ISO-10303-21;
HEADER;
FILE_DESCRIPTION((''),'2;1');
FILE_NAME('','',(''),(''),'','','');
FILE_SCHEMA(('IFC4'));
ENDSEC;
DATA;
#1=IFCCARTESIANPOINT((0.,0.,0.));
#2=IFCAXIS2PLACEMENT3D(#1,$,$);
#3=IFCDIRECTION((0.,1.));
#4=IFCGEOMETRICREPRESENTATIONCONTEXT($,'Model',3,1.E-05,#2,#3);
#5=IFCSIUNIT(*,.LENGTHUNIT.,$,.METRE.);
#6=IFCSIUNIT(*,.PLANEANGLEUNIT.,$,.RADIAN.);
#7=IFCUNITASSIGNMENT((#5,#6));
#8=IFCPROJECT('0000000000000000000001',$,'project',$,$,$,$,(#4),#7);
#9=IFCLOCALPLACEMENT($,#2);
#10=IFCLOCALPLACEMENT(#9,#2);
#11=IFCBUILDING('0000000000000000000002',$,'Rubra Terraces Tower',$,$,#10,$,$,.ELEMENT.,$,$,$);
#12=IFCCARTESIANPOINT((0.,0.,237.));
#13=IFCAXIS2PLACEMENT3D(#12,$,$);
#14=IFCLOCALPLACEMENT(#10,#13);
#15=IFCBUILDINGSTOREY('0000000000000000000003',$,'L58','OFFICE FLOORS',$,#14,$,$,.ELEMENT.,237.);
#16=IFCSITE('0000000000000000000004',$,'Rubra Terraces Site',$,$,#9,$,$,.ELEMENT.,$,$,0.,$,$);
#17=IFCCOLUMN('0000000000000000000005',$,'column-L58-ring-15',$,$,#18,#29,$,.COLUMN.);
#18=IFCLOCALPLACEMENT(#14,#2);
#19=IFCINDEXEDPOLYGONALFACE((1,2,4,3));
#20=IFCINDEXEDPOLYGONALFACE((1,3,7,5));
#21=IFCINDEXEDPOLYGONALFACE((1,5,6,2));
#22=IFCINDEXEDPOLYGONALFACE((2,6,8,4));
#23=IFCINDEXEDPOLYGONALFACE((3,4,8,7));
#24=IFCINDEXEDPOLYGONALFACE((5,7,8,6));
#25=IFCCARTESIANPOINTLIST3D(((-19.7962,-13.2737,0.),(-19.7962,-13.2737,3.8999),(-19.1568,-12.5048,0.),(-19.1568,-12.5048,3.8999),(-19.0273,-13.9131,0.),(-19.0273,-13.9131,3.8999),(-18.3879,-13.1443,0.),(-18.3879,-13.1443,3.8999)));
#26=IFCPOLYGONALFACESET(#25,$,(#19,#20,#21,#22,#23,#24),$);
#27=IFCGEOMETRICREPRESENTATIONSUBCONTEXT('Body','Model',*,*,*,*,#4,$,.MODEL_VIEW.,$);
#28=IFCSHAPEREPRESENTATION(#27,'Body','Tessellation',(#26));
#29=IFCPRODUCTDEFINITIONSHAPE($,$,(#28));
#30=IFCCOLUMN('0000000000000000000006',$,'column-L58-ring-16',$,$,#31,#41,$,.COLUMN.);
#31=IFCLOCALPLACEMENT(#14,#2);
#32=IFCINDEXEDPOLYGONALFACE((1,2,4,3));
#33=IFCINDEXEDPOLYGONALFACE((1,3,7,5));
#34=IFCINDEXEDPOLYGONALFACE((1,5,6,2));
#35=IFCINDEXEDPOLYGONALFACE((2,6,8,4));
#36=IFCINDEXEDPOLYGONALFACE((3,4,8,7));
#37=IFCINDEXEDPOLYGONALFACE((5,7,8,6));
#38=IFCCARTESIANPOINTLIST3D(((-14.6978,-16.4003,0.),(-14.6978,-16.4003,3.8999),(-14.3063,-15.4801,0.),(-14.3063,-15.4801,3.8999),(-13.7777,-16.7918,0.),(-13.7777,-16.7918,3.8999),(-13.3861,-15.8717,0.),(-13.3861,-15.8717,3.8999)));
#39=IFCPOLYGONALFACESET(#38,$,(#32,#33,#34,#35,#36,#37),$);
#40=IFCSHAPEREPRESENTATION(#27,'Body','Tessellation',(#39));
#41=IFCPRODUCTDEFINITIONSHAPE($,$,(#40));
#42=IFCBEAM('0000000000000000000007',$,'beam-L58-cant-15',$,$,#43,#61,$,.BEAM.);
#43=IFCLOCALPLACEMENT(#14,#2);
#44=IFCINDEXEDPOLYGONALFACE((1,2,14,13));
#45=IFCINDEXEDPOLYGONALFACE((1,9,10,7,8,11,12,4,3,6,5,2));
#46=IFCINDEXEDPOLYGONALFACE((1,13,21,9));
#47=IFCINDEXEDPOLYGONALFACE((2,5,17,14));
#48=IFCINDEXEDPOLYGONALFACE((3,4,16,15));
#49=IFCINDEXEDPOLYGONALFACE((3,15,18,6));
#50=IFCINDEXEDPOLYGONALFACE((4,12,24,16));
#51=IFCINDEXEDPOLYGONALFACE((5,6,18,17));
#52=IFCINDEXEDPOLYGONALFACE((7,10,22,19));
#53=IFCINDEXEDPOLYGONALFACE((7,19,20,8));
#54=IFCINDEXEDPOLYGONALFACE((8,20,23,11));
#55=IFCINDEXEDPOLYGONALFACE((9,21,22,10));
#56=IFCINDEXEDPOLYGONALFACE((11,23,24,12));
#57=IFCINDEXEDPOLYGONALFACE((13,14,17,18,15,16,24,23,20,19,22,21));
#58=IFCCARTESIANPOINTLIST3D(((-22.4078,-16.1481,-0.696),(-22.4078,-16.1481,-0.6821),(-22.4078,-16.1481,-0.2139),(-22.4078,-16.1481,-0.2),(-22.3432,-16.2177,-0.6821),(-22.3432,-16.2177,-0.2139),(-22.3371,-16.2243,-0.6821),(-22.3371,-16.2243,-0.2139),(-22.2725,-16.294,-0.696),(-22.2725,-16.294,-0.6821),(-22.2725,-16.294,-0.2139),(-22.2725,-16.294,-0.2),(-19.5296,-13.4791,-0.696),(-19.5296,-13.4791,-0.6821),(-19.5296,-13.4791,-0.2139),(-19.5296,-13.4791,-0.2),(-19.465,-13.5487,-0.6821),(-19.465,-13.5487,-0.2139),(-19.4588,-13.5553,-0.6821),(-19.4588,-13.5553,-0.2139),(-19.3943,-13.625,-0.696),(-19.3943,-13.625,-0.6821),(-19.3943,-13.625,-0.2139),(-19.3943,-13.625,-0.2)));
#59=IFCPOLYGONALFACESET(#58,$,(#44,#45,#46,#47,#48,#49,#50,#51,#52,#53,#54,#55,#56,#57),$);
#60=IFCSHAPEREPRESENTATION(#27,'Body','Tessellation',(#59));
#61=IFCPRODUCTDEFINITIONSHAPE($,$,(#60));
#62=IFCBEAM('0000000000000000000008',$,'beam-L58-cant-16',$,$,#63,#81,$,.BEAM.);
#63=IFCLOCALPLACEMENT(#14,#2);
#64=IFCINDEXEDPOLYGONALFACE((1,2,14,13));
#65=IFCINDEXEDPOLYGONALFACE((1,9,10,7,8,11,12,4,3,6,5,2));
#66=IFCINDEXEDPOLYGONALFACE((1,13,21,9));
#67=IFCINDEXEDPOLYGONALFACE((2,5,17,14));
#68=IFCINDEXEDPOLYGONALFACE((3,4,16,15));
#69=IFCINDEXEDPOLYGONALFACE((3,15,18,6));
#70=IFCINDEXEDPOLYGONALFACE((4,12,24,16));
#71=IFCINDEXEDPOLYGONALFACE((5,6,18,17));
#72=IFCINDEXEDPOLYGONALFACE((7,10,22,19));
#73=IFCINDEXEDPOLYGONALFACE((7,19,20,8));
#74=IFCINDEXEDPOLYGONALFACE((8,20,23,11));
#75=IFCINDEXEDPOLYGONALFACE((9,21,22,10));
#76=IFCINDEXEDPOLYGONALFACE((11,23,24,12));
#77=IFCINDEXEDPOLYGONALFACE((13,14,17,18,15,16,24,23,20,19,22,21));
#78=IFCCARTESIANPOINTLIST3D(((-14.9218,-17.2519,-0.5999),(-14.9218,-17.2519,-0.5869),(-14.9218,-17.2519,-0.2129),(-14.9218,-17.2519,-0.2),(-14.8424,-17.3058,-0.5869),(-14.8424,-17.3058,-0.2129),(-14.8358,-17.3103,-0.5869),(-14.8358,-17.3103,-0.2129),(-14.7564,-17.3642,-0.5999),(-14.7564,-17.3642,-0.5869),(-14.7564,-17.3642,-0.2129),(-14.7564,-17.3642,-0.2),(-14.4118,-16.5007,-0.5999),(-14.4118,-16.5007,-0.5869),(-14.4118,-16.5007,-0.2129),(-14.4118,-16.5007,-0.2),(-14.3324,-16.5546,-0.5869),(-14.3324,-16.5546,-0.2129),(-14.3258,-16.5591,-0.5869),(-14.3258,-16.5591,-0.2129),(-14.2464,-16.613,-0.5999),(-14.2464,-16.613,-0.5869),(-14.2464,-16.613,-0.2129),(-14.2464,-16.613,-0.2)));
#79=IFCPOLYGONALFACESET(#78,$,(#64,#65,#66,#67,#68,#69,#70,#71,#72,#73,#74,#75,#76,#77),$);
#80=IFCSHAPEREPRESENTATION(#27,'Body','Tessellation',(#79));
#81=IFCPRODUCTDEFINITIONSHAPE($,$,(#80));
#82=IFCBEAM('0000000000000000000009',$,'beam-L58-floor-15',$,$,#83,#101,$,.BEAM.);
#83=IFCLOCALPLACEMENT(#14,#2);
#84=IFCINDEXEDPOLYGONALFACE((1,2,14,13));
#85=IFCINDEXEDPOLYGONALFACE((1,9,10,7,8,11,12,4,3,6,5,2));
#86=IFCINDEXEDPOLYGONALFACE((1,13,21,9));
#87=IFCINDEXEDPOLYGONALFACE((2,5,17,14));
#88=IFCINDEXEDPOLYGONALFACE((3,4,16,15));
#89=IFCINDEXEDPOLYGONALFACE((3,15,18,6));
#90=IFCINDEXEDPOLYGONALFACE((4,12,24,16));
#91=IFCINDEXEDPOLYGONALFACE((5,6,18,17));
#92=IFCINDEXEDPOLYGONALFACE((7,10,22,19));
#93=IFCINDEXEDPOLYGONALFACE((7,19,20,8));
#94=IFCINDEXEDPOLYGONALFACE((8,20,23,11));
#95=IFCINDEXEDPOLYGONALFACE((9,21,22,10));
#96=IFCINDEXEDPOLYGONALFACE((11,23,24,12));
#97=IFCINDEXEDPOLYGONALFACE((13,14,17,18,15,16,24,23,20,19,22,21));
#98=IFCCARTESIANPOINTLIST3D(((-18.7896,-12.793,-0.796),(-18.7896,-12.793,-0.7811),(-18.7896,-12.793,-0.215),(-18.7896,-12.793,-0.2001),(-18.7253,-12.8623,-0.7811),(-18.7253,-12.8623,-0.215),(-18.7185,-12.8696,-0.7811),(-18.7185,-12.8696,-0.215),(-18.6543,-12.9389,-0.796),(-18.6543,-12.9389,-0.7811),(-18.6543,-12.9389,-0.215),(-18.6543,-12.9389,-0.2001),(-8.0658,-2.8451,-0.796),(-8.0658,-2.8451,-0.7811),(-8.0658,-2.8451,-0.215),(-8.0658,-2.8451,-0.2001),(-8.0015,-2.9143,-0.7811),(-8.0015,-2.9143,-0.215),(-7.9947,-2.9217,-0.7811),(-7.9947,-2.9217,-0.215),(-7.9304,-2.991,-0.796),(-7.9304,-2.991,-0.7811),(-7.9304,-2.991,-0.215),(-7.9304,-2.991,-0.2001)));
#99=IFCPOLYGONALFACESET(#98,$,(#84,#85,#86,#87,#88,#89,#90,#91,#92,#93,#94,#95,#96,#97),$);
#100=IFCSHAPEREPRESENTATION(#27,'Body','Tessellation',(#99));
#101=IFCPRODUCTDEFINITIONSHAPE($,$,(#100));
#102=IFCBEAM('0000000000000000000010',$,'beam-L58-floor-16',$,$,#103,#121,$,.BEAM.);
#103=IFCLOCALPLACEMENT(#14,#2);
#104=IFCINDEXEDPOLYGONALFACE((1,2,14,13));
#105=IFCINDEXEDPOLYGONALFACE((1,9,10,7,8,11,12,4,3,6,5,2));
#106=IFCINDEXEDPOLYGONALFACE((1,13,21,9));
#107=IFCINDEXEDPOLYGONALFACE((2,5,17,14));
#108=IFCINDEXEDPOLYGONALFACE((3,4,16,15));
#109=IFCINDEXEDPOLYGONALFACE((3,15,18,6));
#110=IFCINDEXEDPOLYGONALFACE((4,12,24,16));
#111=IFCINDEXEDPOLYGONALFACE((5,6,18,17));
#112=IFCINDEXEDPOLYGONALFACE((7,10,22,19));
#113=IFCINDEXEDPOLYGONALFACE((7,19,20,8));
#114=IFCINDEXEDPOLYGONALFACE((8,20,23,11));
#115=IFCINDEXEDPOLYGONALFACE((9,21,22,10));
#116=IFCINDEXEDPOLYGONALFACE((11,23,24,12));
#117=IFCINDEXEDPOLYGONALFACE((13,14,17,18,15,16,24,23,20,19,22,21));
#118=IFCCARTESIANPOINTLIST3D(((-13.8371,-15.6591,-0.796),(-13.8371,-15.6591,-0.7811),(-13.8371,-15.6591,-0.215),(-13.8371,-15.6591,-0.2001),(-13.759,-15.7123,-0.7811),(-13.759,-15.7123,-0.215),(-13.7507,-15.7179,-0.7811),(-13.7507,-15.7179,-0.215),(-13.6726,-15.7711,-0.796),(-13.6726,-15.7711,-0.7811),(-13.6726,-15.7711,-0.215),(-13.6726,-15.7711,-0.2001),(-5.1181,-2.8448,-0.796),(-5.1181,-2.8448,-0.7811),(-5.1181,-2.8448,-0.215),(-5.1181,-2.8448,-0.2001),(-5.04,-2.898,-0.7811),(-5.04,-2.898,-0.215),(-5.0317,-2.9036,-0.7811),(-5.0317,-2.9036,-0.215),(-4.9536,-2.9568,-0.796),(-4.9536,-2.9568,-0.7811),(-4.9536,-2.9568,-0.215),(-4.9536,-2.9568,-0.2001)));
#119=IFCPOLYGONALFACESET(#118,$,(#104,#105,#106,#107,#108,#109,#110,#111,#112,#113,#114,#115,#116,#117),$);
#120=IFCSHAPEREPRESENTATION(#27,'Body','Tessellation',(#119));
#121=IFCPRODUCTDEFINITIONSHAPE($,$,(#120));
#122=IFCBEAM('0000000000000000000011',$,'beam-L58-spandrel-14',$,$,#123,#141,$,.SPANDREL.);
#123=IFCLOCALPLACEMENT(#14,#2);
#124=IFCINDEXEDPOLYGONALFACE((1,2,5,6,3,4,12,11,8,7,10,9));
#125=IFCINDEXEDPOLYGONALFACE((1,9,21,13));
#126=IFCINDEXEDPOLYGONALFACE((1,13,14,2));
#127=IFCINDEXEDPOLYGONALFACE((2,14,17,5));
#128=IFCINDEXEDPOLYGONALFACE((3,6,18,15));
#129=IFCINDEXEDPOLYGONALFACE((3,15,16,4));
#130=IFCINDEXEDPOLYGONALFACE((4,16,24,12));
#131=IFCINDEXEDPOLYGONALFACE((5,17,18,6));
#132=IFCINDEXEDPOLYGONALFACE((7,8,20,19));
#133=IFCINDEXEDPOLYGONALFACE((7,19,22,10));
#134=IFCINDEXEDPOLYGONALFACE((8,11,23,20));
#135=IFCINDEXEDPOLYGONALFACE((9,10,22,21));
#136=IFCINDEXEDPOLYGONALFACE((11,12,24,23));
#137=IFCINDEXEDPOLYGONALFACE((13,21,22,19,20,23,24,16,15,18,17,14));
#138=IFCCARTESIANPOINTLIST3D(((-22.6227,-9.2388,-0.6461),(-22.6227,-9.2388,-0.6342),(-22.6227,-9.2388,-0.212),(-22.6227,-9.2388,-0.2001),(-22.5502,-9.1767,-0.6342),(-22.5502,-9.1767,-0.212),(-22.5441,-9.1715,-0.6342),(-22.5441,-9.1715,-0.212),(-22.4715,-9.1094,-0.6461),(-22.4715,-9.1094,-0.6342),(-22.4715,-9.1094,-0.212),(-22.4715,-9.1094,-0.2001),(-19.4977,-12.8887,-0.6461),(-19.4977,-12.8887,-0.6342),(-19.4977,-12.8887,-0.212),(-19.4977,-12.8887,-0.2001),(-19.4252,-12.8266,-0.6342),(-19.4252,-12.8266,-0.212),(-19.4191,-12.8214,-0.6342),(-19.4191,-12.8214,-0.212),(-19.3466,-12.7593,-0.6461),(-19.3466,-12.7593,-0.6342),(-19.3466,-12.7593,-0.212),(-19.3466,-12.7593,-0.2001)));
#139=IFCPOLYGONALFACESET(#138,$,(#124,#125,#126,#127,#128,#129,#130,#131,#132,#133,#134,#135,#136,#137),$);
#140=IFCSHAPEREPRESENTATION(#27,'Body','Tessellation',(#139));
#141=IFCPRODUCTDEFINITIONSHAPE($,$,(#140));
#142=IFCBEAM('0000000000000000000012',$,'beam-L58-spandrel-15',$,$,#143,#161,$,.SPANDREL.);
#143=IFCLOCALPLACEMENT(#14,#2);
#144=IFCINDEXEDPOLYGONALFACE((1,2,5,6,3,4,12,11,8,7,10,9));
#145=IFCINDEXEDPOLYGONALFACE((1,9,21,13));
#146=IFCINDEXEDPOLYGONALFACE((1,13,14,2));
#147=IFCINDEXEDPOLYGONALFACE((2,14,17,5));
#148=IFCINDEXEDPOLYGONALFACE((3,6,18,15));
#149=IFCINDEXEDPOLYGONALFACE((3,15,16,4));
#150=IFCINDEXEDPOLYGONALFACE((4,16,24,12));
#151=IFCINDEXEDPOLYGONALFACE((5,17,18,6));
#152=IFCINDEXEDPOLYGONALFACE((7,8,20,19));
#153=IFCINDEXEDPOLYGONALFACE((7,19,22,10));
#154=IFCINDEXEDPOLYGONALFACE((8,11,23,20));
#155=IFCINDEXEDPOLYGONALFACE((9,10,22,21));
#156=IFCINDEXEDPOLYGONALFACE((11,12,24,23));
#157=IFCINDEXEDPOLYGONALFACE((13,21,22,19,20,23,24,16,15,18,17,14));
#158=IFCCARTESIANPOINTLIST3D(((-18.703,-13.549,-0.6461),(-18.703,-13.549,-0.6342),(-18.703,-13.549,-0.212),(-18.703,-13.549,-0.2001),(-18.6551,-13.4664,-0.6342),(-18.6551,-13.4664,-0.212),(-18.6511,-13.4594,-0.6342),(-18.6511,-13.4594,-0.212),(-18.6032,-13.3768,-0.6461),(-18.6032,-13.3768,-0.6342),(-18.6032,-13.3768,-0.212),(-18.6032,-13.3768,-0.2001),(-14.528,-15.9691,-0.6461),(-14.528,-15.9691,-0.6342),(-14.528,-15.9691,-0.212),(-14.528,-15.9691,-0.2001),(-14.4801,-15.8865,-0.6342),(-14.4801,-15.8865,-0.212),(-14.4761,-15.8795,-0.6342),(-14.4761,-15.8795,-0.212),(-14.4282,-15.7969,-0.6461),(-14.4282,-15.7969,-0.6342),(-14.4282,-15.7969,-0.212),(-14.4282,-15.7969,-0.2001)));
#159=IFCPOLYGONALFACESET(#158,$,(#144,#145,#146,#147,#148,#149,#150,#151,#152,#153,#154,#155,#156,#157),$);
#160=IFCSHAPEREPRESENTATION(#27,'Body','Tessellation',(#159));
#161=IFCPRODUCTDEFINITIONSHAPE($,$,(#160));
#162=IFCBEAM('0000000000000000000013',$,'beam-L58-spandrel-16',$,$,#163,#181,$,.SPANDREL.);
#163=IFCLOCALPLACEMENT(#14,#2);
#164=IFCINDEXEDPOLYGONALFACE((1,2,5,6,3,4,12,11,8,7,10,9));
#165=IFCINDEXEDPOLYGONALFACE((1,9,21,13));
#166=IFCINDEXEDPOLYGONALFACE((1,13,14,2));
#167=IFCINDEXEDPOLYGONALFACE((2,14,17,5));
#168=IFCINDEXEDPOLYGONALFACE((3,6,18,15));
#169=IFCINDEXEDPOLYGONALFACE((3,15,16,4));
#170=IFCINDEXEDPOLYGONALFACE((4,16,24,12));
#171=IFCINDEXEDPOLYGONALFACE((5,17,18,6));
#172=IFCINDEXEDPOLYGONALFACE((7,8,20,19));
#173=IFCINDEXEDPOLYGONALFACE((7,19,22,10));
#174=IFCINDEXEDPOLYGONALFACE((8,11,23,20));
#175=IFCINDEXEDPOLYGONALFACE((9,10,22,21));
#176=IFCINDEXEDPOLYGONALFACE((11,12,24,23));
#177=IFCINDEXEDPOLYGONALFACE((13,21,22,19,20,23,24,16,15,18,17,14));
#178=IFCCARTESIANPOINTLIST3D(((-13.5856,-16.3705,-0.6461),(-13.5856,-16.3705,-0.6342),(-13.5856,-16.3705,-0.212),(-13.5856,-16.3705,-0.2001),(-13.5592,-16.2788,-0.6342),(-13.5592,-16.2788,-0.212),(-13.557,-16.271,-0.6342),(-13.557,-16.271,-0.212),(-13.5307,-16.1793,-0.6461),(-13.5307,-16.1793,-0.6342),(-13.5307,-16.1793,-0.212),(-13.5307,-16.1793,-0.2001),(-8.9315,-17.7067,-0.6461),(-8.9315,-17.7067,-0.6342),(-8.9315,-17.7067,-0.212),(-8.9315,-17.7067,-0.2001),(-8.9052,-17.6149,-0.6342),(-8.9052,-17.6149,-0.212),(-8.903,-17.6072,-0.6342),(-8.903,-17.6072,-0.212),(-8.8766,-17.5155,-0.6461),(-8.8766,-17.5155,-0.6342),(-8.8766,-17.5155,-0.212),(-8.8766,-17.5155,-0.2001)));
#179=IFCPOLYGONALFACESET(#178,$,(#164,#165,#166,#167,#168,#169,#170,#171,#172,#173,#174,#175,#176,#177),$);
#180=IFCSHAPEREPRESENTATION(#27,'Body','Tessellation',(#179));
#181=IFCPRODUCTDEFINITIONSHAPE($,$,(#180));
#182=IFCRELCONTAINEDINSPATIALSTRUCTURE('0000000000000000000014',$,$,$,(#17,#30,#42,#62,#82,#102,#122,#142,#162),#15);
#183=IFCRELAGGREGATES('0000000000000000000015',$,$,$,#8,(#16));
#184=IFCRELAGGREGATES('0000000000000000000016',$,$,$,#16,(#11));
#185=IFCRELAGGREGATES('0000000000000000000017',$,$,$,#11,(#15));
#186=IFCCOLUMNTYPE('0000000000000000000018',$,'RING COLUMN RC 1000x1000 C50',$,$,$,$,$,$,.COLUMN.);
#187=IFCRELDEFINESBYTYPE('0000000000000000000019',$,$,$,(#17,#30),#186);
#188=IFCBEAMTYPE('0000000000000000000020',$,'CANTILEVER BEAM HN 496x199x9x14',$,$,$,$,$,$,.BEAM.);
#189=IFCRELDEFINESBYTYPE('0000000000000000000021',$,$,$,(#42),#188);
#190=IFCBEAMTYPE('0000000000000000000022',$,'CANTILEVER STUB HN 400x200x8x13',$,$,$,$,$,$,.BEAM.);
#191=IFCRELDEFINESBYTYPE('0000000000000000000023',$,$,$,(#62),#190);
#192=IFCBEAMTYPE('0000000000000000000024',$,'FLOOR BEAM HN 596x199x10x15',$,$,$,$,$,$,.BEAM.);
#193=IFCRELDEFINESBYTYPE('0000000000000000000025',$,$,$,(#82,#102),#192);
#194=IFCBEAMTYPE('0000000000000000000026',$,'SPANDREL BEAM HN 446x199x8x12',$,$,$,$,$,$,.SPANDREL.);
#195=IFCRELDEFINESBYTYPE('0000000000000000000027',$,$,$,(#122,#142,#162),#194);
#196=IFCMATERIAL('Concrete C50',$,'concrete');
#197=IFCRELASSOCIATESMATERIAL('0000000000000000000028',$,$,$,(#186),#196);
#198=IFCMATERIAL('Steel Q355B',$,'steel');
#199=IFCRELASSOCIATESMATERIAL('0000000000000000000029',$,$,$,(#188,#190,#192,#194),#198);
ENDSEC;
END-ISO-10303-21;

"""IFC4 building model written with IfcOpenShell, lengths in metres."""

from ifc_helpers import new_model, si_unit, direction, frame, origin, origin_2d, place, context, subcontext, project, spatial, rectangle, i_section, extrude, material, material_profile, profile_set, type_object, element, save


model = new_model("IFC4")

# Units and contexts
model_context = context("Model", 3, precision=1e-05, world=origin(), true_north=direction((0.0, 1.0)))
body_context = subcontext(model_context, "Body", "Model", "MODEL_VIEW")
ifc_project = project(units=[si_unit("LENGTHUNIT", "METRE"), si_unit("PLANEANGLEUNIT", "RADIAN")], contexts=[model_context])

# Site, building, storey
site_placement = place(None, origin())
site = spatial("IfcSite", under=ifc_project, at=site_placement, Name="Rubra Terraces Site", CompositionType="ELEMENT", RefElevation=0.0)
building_placement = place(site_placement, origin())
building = spatial("IfcBuilding", under=site, at=building_placement, Name="Rubra Terraces Tower", CompositionType="ELEMENT")
storey_placement = place(building_placement, frame((0.0, 0.0, 237.0)))
storey = spatial("IfcBuildingStorey", under=building, at=storey_placement, Name="L58", Description="OFFICE FLOORS", CompositionType="ELEMENT", Elevation=237.0)

# Columns
ifc_material_1 = material(Name="Concrete C50", Category="concrete")
ifc_material_profile_1 = material_profile(ifc_material_1, rectangle(XDim=1.0, YDim=1.0, at=origin_2d()), Name="RC 1000x1000")
ifc_profile_set_1 = profile_set([ifc_material_profile_1], Name="Concrete C50")
column_type = type_object("IfcColumnType", Name="RING COLUMN RC 1000x1000 C50", PredefinedType="COLUMN", material=ifc_profile_set_1)
for number, where, z_axis, x_axis, name in (
    (1, (-19.092, -13.209, 0.0), (0.0, 0.0, 1.0), (0.76887, -0.639405, 0.0), "column-L58-ring-15"),
    (2, (-14.042, -16.136, 0.0), (0.0, 0.0, 1.0), (0.920168, -0.391524, 0.0), "column-L58-ring-16"),
):
    element("IfcColumn", number, at=place(storey_placement, frame(where, z_axis=z_axis, x_axis=x_axis)), inside=storey, type_object=column_type, Name=name, PredefinedType="COLUMN", context=body_context, shape_type="SweptSolid", body=[
        extrude(rectangle(XDim=1.0, YDim=1.0, at=origin_2d()), origin(), (0.0, 0.0, 1.0), 3.8999),
    ])

# Beams
ifc_material_2 = material(Name="Steel Q355B", Category="steel")
ifc_material_profile_2 = material_profile(ifc_material_2, i_section(OverallWidth=0.199, OverallDepth=0.4961, WebThickness=0.009, FlangeThickness=0.0139, at=origin_2d()), Name="HN 496x199x9x14")
ifc_profile_set_2 = profile_set([ifc_material_profile_2], Name="Steel Q355B")
beam_type_1 = type_object("IfcBeamType", Name="CANTILEVER BEAM HN 496x199x9x14", PredefinedType="BEAM", material=ifc_profile_set_2)
beam_1_placement = place(storey_placement, frame((-19.4619, -13.552, -0.448), z_axis=(-0.733256, -0.679952, 0.0), x_axis=(0.679952, -0.733256, 0.0)))
element("IfcBeam", 3, at=beam_1_placement, inside=storey, type_object=beam_type_1, Name="beam-L58-cant-15", PredefinedType="BEAM", context=body_context, shape_type="SweptSolid", body=[
    extrude(i_section(OverallWidth=0.199, OverallDepth=0.4961, WebThickness=0.009, FlangeThickness=0.0139, at=origin_2d()), origin(), (0.0, 0.0, 1.0), 3.9253),
])
ifc_material_profile_3 = material_profile(ifc_material_2, i_section(OverallWidth=0.2, OverallDepth=0.3999, WebThickness=0.0081, FlangeThickness=0.0129, at=origin_2d()), Name="HN 400x200x8x13")
ifc_profile_set_3 = profile_set([ifc_material_profile_3], Name="Steel Q355B")
beam_type_2 = type_object("IfcBeamType", Name="CANTILEVER STUB HN 400x200x8x13", PredefinedType="BEAM", material=ifc_profile_set_3)
beam_2_placement = place(storey_placement, frame((-14.3291, -16.5569, -0.3999), z_axis=(-0.561692, -0.827346, 0.0), x_axis=(0.827346, -0.561692, 0.0)))
element("IfcBeam", 4, at=beam_2_placement, inside=storey, type_object=beam_type_2, Name="beam-L58-cant-16", PredefinedType="BEAM", context=body_context, shape_type="SweptSolid", body=[
    extrude(i_section(OverallWidth=0.2, OverallDepth=0.3999, WebThickness=0.0081, FlangeThickness=0.0129, at=origin_2d()), origin(), (0.0, 0.0, 1.0), 0.908),
])
ifc_material_profile_4 = material_profile(ifc_material_2, i_section(OverallWidth=0.199, OverallDepth=0.5959, WebThickness=0.01, FlangeThickness=0.0149, at=origin_2d()), Name="HN 596x199x10x15")
ifc_profile_set_4 = profile_set([ifc_material_profile_4], Name="Steel Q355B")
beam_type_3 = type_object("IfcBeamType", Name="FLOOR BEAM HN 596x199x10x15", PredefinedType="BEAM", material=ifc_profile_set_4)
beam_3_placement = place(storey_placement, frame((-18.7219, -12.866, -0.498), z_axis=(0.73313, 0.680088, 0.0), x_axis=(-0.680088, 0.73313, 0.0)))
element("IfcBeam", 5, at=beam_3_placement, inside=storey, type_object=beam_type_3, Name="beam-L58-floor-15", PredefinedType="BEAM", context=body_context, shape_type="SweptSolid", body=[
    extrude(i_section(OverallWidth=0.199, OverallDepth=0.5959, WebThickness=0.01, FlangeThickness=0.0149, at=origin_2d()), origin(), (0.0, 0.0, 1.0), 14.6274),
])
beam_4_placement = place(storey_placement, frame((-13.7549, -15.7151, -0.498), z_axis=(0.562545, 0.826767, 0.0), x_axis=(-0.826767, 0.562545, 0.0)))
element("IfcBeam", 6, at=beam_4_placement, inside=storey, type_object=beam_type_3, Name="beam-L58-floor-16", PredefinedType="BEAM", context=body_context, shape_type="SweptSolid", body=[
    extrude(i_section(OverallWidth=0.199, OverallDepth=0.5959, WebThickness=0.01, FlangeThickness=0.0149, at=origin_2d()), origin(), (0.0, 0.0, 1.0), 15.4993),
])
ifc_material_profile_5 = material_profile(ifc_material_2, i_section(OverallWidth=0.199, OverallDepth=0.446, WebThickness=0.0081, FlangeThickness=0.012, at=origin_2d()), Name="HN 446x199x8x12")
ifc_profile_set_5 = profile_set([ifc_material_profile_5], Name="Steel Q355B")
beam_type_4 = type_object("IfcBeamType", Name="SPANDREL BEAM HN 446x199x8x12", PredefinedType="SPANDREL", material=ifc_profile_set_5)
beam_5_placement = place(storey_placement, frame((-22.5471, -9.1741, -0.4231), z_axis=(0.650373, -0.759615, 0.0), x_axis=(0.759615, 0.650373, 0.0)))
element("IfcBeam", 7, at=beam_5_placement, inside=storey, type_object=beam_type_4, Name="beam-L58-spandrel-14", PredefinedType="SPANDREL", context=body_context, shape_type="SweptSolid", body=[
    extrude(i_section(OverallWidth=0.199, OverallDepth=0.446, WebThickness=0.0081, FlangeThickness=0.012, at=origin_2d()), origin(), (0.0, 0.0, 1.0), 4.8049),
])
beam_6_placement = place(storey_placement, frame((-18.6531, -13.4629, -0.4231), z_axis=(0.865154, -0.501507, 0.0), x_axis=(0.501507, 0.865154, 0.0)))
element("IfcBeam", 8, at=beam_6_placement, inside=storey, type_object=beam_type_4, Name="beam-L58-spandrel-15", PredefinedType="SPANDREL", context=body_context, shape_type="SweptSolid", body=[
    extrude(i_section(OverallWidth=0.199, OverallDepth=0.446, WebThickness=0.0081, FlangeThickness=0.012, at=origin_2d()), origin(), (0.0, 0.0, 1.0), 4.8257),
])
beam_7_placement = place(storey_placement, frame((-13.5581, -16.2749, -0.4231), z_axis=(0.961171, -0.275953, 0.0), x_axis=(0.275953, 0.961171, 0.0)))
element("IfcBeam", 9, at=beam_7_placement, inside=storey, type_object=beam_type_4, Name="beam-L58-spandrel-16", PredefinedType="SPANDREL", context=body_context, shape_type="SweptSolid", body=[
    extrude(i_section(OverallWidth=0.199, OverallDepth=0.446, WebThickness=0.0081, FlangeThickness=0.012, at=origin_2d()), origin(), (0.0, 0.0, 1.0), 4.842),
])

save(model, "model.ifc")
